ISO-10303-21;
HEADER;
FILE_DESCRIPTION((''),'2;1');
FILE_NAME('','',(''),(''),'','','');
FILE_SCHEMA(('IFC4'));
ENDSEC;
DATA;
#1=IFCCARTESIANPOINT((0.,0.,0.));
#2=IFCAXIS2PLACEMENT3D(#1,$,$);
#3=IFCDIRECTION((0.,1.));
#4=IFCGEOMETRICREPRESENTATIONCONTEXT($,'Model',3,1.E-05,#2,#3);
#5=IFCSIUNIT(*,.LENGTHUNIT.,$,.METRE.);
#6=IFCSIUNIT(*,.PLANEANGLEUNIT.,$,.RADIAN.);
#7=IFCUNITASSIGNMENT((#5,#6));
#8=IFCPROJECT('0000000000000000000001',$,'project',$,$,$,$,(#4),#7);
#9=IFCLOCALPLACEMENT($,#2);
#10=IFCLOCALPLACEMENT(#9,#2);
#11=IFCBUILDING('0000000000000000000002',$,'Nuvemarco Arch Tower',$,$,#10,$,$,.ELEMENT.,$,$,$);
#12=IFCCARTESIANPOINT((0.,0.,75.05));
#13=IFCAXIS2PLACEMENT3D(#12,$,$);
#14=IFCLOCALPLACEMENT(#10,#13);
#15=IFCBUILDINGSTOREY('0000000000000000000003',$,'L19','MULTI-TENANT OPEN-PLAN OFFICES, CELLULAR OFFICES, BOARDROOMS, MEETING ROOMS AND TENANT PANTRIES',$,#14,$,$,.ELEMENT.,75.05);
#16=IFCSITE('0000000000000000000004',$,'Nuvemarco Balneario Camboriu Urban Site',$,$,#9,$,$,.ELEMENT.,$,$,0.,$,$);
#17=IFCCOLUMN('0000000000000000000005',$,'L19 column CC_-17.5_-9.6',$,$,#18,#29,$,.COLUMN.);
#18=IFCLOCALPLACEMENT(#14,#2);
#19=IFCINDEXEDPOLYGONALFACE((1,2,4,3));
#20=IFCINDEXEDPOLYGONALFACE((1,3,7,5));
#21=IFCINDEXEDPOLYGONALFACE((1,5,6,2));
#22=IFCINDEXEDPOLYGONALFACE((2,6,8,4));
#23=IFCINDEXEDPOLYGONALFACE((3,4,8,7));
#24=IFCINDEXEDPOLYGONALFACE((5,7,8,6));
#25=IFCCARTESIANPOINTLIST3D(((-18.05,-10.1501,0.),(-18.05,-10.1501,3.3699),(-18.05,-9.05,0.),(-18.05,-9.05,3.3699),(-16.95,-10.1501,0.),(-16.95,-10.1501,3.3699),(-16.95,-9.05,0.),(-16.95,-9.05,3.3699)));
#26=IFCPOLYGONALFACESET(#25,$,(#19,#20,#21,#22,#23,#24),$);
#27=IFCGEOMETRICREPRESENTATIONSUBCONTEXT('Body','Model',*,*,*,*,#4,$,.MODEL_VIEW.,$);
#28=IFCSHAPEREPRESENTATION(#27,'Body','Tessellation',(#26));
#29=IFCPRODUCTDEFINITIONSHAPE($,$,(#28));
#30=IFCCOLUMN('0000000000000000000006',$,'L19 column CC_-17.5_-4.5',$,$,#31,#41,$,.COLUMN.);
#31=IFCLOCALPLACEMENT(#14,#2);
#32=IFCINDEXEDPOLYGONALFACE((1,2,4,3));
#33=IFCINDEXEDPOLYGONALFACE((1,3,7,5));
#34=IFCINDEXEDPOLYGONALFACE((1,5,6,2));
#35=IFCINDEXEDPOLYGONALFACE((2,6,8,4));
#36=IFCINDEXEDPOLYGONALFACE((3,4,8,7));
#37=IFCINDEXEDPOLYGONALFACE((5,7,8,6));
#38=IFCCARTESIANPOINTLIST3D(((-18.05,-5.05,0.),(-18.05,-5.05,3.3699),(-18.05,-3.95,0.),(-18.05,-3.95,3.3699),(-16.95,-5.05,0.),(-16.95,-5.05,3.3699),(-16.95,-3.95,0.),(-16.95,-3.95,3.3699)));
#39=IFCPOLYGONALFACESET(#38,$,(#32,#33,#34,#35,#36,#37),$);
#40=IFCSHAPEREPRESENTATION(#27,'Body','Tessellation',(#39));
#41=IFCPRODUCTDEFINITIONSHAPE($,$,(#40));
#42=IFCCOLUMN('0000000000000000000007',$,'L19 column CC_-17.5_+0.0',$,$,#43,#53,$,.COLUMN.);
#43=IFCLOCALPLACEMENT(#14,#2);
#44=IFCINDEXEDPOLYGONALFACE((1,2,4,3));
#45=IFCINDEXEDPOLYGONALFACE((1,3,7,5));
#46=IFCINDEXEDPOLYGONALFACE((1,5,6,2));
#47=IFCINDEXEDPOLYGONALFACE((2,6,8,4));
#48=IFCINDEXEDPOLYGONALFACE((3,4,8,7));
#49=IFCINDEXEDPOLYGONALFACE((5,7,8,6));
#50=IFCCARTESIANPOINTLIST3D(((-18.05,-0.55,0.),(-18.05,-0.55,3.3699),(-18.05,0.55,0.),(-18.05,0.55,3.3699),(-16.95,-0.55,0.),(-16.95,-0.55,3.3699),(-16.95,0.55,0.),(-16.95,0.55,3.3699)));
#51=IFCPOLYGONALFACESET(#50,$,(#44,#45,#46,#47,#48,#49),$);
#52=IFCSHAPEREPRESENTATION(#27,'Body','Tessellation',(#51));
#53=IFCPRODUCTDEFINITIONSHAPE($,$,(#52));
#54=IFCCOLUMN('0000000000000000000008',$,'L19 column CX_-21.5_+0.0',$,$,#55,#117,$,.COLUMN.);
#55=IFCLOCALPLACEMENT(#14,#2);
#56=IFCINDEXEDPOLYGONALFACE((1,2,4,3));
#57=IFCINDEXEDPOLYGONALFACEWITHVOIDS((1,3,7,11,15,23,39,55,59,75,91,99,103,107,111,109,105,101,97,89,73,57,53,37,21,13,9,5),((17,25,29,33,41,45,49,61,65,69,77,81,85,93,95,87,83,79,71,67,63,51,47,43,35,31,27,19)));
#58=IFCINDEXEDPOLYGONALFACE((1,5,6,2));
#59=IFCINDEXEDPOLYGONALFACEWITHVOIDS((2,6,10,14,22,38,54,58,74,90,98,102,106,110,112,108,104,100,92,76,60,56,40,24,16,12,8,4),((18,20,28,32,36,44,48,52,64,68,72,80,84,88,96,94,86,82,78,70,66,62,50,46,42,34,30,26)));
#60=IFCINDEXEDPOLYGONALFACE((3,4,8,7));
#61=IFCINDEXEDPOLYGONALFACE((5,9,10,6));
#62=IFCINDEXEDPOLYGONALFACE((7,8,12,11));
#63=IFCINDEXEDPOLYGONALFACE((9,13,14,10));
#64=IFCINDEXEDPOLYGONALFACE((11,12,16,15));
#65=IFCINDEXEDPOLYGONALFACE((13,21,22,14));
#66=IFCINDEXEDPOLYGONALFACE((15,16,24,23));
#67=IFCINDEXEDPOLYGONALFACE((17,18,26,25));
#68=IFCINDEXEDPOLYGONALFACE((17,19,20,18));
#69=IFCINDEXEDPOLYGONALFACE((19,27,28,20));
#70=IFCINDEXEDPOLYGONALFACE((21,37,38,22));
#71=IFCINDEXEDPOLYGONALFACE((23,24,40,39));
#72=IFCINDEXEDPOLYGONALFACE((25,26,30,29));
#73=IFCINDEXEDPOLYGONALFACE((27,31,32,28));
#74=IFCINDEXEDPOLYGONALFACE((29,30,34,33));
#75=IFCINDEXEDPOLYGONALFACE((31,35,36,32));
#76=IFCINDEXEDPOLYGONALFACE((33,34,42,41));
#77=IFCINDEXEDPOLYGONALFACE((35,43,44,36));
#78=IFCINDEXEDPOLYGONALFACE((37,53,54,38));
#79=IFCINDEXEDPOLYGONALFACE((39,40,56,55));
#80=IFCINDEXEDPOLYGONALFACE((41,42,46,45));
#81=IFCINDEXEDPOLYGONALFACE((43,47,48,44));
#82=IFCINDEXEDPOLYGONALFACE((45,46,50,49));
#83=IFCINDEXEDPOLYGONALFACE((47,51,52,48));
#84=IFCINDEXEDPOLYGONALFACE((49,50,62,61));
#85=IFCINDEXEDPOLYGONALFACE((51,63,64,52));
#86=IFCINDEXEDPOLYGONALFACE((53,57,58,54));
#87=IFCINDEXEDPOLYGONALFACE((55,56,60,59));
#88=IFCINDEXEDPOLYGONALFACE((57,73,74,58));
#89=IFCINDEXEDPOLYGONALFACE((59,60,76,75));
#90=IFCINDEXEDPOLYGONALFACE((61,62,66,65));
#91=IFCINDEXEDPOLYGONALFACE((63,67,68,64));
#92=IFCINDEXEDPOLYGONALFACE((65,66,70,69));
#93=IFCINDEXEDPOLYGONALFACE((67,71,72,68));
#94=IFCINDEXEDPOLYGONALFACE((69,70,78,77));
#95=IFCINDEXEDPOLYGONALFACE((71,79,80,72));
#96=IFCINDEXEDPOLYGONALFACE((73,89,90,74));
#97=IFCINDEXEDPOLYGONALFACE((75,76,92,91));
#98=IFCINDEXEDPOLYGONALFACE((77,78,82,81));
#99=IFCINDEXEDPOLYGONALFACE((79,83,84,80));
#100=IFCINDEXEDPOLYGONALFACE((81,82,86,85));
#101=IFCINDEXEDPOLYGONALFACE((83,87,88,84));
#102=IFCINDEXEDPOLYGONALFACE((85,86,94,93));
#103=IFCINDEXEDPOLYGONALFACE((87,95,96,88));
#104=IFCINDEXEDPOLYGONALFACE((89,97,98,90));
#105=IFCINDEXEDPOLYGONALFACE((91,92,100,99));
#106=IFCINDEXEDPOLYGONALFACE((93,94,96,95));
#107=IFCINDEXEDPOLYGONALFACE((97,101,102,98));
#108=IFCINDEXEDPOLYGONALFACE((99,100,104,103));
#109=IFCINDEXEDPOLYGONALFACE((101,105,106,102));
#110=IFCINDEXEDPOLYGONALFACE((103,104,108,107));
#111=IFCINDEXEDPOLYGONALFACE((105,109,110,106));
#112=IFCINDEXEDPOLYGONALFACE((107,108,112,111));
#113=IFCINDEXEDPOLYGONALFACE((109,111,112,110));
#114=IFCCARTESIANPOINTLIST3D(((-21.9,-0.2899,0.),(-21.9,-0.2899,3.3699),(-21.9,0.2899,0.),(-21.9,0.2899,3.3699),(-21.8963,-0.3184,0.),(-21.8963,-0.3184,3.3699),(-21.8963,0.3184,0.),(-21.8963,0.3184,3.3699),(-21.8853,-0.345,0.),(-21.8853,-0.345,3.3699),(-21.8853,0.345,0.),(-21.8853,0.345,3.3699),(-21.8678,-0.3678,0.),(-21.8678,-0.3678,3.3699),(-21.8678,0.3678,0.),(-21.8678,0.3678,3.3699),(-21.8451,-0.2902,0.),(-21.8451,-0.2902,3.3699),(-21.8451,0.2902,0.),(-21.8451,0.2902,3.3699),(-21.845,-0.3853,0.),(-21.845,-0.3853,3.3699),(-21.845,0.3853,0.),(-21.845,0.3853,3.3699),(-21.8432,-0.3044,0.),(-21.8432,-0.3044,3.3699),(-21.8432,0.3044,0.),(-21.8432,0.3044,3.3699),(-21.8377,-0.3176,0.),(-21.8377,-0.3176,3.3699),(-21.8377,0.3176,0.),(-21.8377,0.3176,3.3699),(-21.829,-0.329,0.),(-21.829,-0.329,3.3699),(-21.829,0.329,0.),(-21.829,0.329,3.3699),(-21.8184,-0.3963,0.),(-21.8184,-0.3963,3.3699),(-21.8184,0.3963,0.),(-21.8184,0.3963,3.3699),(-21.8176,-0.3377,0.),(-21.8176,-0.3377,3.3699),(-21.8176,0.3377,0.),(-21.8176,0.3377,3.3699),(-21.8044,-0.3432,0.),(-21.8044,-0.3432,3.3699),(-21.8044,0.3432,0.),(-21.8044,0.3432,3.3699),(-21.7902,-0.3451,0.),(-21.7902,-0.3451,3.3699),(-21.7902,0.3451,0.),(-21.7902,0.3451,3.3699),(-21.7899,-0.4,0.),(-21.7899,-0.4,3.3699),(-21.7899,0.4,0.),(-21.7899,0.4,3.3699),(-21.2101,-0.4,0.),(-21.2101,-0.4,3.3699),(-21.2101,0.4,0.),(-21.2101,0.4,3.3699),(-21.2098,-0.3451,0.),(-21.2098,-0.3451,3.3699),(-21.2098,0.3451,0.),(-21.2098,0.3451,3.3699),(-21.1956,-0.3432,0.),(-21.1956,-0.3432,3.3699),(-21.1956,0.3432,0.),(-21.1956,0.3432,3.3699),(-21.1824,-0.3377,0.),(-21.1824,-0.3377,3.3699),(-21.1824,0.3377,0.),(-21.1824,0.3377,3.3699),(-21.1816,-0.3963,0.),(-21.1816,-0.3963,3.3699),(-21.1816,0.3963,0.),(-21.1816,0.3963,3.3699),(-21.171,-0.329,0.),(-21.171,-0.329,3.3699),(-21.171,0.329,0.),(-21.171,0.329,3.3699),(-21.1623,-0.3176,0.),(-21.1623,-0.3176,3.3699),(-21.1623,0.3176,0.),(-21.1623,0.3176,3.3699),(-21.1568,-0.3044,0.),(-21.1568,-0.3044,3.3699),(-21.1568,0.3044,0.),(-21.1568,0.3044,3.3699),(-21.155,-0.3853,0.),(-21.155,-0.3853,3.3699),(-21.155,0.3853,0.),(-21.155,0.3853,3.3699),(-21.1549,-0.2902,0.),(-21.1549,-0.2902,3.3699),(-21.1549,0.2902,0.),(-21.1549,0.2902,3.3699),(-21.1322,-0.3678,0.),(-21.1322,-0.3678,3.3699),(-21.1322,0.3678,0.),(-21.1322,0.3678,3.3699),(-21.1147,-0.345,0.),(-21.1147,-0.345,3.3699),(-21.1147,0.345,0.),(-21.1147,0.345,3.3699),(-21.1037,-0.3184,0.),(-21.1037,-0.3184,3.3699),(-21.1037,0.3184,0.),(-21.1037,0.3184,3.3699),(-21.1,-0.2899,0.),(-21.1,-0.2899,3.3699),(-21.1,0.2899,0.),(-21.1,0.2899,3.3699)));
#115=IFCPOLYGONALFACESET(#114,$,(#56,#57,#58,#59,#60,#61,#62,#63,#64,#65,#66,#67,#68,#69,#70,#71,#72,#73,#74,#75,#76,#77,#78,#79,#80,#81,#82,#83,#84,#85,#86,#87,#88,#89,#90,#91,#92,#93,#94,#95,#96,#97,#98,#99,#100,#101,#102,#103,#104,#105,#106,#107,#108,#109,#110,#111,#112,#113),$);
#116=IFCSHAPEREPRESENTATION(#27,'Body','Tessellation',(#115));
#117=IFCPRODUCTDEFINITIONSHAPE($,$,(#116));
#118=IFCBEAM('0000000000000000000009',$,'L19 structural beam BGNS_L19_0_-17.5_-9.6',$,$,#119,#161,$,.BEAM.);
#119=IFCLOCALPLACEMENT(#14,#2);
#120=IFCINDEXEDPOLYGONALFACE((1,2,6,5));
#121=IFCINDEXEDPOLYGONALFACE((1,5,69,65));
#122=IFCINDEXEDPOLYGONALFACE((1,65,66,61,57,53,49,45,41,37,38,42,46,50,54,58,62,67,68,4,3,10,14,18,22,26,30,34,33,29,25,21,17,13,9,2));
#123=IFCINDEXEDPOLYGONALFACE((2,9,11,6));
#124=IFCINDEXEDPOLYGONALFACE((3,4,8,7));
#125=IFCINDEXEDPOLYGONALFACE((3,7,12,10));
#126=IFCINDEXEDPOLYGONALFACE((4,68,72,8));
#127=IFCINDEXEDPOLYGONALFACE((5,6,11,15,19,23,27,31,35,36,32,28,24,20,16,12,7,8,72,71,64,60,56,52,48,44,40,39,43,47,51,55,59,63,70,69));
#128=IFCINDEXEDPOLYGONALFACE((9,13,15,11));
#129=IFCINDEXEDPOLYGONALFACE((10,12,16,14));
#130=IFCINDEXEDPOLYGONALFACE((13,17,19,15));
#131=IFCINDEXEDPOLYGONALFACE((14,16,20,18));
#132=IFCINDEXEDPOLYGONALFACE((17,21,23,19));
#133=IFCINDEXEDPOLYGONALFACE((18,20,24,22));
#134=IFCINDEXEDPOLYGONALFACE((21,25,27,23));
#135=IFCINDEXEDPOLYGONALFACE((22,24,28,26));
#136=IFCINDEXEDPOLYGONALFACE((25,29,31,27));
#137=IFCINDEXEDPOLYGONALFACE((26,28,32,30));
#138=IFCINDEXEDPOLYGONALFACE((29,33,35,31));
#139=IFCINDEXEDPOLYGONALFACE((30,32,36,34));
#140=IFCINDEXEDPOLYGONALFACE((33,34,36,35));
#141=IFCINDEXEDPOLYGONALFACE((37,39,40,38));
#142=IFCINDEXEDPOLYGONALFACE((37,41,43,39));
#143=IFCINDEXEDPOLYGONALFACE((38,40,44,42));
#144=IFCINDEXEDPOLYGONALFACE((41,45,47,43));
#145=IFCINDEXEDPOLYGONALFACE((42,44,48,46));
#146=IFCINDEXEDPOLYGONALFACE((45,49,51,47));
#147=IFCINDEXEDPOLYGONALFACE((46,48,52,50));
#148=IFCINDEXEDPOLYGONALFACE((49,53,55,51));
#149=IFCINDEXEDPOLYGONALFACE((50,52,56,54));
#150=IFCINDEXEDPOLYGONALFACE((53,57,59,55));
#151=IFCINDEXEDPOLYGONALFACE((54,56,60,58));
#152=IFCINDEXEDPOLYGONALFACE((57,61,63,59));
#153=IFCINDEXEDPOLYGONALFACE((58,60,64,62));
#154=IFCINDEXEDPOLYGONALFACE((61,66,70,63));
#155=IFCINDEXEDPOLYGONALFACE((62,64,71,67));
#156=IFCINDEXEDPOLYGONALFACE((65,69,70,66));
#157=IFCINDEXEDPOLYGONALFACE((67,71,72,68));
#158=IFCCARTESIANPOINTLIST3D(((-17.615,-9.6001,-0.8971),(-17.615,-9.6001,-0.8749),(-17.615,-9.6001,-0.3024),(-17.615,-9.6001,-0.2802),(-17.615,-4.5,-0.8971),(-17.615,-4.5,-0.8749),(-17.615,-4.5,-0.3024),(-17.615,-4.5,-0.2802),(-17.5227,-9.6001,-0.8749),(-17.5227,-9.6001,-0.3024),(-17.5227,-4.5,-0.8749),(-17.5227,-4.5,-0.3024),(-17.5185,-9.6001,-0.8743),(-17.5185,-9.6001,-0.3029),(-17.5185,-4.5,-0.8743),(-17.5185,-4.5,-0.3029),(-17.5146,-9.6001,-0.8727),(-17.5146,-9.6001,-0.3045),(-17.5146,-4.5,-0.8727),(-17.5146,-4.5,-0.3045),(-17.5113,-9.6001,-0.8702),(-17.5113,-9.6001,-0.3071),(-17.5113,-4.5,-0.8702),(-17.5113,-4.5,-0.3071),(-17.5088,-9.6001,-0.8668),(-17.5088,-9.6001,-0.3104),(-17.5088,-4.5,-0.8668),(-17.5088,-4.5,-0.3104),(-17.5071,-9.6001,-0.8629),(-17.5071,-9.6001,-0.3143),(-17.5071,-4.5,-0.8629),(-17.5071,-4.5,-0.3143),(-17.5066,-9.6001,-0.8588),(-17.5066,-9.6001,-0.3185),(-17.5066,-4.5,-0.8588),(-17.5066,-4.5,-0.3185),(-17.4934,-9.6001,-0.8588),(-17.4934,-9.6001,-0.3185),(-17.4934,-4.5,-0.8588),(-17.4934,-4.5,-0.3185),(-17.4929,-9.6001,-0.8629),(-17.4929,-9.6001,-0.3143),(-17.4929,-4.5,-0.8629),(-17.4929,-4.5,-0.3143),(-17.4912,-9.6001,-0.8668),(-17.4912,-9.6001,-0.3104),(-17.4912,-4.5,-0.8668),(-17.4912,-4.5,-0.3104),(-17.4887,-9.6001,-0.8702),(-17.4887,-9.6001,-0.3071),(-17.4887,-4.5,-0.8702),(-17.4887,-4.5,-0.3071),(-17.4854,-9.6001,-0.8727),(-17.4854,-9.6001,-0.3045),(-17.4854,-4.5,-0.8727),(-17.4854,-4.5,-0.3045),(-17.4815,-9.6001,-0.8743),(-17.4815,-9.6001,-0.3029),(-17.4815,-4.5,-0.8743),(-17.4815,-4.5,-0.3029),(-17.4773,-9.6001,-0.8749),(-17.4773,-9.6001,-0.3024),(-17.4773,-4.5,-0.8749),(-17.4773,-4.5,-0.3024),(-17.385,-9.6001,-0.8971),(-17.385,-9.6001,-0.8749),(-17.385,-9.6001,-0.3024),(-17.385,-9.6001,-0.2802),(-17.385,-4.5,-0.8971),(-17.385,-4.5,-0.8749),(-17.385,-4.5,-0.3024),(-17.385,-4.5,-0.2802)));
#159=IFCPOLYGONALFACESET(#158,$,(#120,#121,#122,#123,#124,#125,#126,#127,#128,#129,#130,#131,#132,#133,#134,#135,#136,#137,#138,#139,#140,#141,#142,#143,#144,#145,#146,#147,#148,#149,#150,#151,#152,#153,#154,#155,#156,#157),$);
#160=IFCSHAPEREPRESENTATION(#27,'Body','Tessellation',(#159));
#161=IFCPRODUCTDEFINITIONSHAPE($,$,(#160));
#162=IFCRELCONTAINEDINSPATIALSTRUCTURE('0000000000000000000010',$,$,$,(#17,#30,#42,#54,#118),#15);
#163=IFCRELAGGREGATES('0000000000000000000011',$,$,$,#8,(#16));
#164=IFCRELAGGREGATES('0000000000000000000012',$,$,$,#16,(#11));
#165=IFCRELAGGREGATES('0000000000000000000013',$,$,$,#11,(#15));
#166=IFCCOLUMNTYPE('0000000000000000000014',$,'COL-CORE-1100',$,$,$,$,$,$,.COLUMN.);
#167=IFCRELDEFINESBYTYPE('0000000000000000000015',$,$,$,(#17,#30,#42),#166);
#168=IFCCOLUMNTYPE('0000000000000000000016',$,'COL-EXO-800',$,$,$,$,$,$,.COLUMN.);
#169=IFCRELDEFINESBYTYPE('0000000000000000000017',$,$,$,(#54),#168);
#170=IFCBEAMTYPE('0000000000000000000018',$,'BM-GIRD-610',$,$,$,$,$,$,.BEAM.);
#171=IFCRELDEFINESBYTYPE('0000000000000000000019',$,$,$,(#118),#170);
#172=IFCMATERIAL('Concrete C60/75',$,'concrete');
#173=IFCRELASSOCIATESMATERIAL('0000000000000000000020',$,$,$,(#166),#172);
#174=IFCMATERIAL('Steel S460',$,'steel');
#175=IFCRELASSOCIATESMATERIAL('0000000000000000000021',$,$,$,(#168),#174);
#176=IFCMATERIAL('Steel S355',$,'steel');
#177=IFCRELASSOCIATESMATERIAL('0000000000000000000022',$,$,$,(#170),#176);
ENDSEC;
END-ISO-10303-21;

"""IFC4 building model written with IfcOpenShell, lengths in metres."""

from ifc_helpers import new_model, si_unit, direction, frame, origin, origin_2d, place, context, subcontext, project, spatial, rectangle, hollow_rectangle, i_section, extrude, material, material_profile, profile_set, type_object, element, save


model = new_model("IFC4")

# Units and contexts
model_context = context("Model", 3, precision=1e-05, world=origin(), true_north=direction((0.0, 1.0)))
body_context = subcontext(model_context, "Body", "Model", "MODEL_VIEW")
ifc_project = project(units=[si_unit("LENGTHUNIT", "METRE"), si_unit("PLANEANGLEUNIT", "RADIAN")], contexts=[model_context])

# Site, building, storey
site_placement = place(None, origin())
site = spatial("IfcSite", under=ifc_project, at=site_placement, Name="Nuvemarco Balneario Camboriu Urban Site", CompositionType="ELEMENT", RefElevation=0.0)
building_placement = place(site_placement, origin())
building = spatial("IfcBuilding", under=site, at=building_placement, Name="Nuvemarco Arch Tower", CompositionType="ELEMENT")
storey_placement = place(building_placement, frame((0.0, 0.0, 75.05)))
storey = spatial("IfcBuildingStorey", under=building, at=storey_placement, Name="L19", Description="MULTI-TENANT OPEN-PLAN OFFICES, CELLULAR OFFICES, BOARDROOMS, MEETING ROOMS AND TENANT PANTRIES", CompositionType="ELEMENT", Elevation=75.05)

# Columns
ifc_material_1 = material(Name="Concrete C60/75", Category="concrete")
ifc_material_profile_1 = material_profile(ifc_material_1, rectangle(XDim=1.1001, YDim=1.1001, at=origin_2d()), Name="RC-COL-1100x1100")
ifc_profile_set_1 = profile_set([ifc_material_profile_1], Name="Concrete C60/75")
column_type_1 = type_object("IfcColumnType", Name="COL-CORE-1100", PredefinedType="COLUMN", material=ifc_profile_set_1)
for number, where, z_axis, x_axis, name in (
    (1, (-17.5, -9.6001, 0.0), (0.0, 0.0, 1.0), (1.0, 0.0, 0.0), "L19 column CC_-17.5_-9.6"),
    (2, (-17.5, -4.5, 0.0), (0.0, 0.0, 1.0), (1.0, 0.0, 0.0), "L19 column CC_-17.5_-4.5"),
    (3, (-17.5, 0.0, 0.0), (0.0, 0.0, 1.0), (1.0, 0.0, 0.0), "L19 column CC_-17.5_+0.0"),
):
    element("IfcColumn", number, at=place(storey_placement, frame(where, z_axis=z_axis, x_axis=x_axis)), inside=storey, type_object=column_type_1, Name=name, PredefinedType="COLUMN", context=body_context, shape_type="SweptSolid", body=[
        extrude(rectangle(XDim=1.1001, YDim=1.1001, at=origin_2d()), origin(), (0.0, 0.0, 1.0), 3.3699),
    ])
ifc_material_2 = material(Name="Steel S460", Category="steel")
ifc_material_profile_2 = material_profile(ifc_material_2, hollow_rectangle(XDim=0.8, YDim=0.8, WallThickness=0.0549, InnerFilletRadius=0.0549, OuterFilletRadius=0.1101, at=origin_2d()), Name="SHS800x800x55")
ifc_profile_set_2 = profile_set([ifc_material_profile_2], Name="Steel S460")
column_type_2 = type_object("IfcColumnType", Name="COL-EXO-800", PredefinedType="COLUMN", material=ifc_profile_set_2)
column_placement = place(storey_placement, frame((-21.5, 0.0, 0.0), z_axis=(0.0, 0.0, 1.0), x_axis=(1.0, 0.0, 0.0)))
element("IfcColumn", 4, at=column_placement, inside=storey, type_object=column_type_2, Name="L19 column CX_-21.5_+0.0", PredefinedType="COLUMN", context=body_context, shape_type="SweptSolid", body=[
    extrude(hollow_rectangle(XDim=0.8, YDim=0.8, WallThickness=0.0549, InnerFilletRadius=0.0549, OuterFilletRadius=0.1101, at=origin_2d()), origin(), (0.0, 0.0, 1.0), 3.3699),
])

# Beam
ifc_material_3 = material(Name="Steel S355", Category="steel")
ifc_material_profile_3 = material_profile(ifc_material_3, i_section(OverallWidth=0.23, OverallDepth=0.6169, WebThickness=0.0132, FlangeThickness=0.0222, FilletRadius=0.0161, at=origin_2d()), Name="W610x140")
ifc_profile_set_3 = profile_set([ifc_material_profile_3], Name="Steel S355")
beam_type_1 = type_object("IfcBeamType", Name="BM-GIRD-610", PredefinedType="BEAM", material=ifc_profile_set_3)
beam_1_placement = place(storey_placement, frame((-17.5, -9.6001, -0.5886), z_axis=(0.0, 1.0, 0.0), x_axis=(-1.0, 0.0, 0.0)))
element("IfcBeam", 5, at=beam_1_placement, inside=storey, type_object=beam_type_1, Name="L19 structural beam BGNS_L19_0_-17.5_-9.6", PredefinedType="BEAM", context=body_context, shape_type="SweptSolid", body=[
    extrude(i_section(OverallWidth=0.23, OverallDepth=0.6169, WebThickness=0.0132, FlangeThickness=0.0222, FilletRadius=0.0161, at=origin_2d()), origin(), (0.0, 0.0, 1.0), 5.1001),
])

save(model, "model.ifc")
